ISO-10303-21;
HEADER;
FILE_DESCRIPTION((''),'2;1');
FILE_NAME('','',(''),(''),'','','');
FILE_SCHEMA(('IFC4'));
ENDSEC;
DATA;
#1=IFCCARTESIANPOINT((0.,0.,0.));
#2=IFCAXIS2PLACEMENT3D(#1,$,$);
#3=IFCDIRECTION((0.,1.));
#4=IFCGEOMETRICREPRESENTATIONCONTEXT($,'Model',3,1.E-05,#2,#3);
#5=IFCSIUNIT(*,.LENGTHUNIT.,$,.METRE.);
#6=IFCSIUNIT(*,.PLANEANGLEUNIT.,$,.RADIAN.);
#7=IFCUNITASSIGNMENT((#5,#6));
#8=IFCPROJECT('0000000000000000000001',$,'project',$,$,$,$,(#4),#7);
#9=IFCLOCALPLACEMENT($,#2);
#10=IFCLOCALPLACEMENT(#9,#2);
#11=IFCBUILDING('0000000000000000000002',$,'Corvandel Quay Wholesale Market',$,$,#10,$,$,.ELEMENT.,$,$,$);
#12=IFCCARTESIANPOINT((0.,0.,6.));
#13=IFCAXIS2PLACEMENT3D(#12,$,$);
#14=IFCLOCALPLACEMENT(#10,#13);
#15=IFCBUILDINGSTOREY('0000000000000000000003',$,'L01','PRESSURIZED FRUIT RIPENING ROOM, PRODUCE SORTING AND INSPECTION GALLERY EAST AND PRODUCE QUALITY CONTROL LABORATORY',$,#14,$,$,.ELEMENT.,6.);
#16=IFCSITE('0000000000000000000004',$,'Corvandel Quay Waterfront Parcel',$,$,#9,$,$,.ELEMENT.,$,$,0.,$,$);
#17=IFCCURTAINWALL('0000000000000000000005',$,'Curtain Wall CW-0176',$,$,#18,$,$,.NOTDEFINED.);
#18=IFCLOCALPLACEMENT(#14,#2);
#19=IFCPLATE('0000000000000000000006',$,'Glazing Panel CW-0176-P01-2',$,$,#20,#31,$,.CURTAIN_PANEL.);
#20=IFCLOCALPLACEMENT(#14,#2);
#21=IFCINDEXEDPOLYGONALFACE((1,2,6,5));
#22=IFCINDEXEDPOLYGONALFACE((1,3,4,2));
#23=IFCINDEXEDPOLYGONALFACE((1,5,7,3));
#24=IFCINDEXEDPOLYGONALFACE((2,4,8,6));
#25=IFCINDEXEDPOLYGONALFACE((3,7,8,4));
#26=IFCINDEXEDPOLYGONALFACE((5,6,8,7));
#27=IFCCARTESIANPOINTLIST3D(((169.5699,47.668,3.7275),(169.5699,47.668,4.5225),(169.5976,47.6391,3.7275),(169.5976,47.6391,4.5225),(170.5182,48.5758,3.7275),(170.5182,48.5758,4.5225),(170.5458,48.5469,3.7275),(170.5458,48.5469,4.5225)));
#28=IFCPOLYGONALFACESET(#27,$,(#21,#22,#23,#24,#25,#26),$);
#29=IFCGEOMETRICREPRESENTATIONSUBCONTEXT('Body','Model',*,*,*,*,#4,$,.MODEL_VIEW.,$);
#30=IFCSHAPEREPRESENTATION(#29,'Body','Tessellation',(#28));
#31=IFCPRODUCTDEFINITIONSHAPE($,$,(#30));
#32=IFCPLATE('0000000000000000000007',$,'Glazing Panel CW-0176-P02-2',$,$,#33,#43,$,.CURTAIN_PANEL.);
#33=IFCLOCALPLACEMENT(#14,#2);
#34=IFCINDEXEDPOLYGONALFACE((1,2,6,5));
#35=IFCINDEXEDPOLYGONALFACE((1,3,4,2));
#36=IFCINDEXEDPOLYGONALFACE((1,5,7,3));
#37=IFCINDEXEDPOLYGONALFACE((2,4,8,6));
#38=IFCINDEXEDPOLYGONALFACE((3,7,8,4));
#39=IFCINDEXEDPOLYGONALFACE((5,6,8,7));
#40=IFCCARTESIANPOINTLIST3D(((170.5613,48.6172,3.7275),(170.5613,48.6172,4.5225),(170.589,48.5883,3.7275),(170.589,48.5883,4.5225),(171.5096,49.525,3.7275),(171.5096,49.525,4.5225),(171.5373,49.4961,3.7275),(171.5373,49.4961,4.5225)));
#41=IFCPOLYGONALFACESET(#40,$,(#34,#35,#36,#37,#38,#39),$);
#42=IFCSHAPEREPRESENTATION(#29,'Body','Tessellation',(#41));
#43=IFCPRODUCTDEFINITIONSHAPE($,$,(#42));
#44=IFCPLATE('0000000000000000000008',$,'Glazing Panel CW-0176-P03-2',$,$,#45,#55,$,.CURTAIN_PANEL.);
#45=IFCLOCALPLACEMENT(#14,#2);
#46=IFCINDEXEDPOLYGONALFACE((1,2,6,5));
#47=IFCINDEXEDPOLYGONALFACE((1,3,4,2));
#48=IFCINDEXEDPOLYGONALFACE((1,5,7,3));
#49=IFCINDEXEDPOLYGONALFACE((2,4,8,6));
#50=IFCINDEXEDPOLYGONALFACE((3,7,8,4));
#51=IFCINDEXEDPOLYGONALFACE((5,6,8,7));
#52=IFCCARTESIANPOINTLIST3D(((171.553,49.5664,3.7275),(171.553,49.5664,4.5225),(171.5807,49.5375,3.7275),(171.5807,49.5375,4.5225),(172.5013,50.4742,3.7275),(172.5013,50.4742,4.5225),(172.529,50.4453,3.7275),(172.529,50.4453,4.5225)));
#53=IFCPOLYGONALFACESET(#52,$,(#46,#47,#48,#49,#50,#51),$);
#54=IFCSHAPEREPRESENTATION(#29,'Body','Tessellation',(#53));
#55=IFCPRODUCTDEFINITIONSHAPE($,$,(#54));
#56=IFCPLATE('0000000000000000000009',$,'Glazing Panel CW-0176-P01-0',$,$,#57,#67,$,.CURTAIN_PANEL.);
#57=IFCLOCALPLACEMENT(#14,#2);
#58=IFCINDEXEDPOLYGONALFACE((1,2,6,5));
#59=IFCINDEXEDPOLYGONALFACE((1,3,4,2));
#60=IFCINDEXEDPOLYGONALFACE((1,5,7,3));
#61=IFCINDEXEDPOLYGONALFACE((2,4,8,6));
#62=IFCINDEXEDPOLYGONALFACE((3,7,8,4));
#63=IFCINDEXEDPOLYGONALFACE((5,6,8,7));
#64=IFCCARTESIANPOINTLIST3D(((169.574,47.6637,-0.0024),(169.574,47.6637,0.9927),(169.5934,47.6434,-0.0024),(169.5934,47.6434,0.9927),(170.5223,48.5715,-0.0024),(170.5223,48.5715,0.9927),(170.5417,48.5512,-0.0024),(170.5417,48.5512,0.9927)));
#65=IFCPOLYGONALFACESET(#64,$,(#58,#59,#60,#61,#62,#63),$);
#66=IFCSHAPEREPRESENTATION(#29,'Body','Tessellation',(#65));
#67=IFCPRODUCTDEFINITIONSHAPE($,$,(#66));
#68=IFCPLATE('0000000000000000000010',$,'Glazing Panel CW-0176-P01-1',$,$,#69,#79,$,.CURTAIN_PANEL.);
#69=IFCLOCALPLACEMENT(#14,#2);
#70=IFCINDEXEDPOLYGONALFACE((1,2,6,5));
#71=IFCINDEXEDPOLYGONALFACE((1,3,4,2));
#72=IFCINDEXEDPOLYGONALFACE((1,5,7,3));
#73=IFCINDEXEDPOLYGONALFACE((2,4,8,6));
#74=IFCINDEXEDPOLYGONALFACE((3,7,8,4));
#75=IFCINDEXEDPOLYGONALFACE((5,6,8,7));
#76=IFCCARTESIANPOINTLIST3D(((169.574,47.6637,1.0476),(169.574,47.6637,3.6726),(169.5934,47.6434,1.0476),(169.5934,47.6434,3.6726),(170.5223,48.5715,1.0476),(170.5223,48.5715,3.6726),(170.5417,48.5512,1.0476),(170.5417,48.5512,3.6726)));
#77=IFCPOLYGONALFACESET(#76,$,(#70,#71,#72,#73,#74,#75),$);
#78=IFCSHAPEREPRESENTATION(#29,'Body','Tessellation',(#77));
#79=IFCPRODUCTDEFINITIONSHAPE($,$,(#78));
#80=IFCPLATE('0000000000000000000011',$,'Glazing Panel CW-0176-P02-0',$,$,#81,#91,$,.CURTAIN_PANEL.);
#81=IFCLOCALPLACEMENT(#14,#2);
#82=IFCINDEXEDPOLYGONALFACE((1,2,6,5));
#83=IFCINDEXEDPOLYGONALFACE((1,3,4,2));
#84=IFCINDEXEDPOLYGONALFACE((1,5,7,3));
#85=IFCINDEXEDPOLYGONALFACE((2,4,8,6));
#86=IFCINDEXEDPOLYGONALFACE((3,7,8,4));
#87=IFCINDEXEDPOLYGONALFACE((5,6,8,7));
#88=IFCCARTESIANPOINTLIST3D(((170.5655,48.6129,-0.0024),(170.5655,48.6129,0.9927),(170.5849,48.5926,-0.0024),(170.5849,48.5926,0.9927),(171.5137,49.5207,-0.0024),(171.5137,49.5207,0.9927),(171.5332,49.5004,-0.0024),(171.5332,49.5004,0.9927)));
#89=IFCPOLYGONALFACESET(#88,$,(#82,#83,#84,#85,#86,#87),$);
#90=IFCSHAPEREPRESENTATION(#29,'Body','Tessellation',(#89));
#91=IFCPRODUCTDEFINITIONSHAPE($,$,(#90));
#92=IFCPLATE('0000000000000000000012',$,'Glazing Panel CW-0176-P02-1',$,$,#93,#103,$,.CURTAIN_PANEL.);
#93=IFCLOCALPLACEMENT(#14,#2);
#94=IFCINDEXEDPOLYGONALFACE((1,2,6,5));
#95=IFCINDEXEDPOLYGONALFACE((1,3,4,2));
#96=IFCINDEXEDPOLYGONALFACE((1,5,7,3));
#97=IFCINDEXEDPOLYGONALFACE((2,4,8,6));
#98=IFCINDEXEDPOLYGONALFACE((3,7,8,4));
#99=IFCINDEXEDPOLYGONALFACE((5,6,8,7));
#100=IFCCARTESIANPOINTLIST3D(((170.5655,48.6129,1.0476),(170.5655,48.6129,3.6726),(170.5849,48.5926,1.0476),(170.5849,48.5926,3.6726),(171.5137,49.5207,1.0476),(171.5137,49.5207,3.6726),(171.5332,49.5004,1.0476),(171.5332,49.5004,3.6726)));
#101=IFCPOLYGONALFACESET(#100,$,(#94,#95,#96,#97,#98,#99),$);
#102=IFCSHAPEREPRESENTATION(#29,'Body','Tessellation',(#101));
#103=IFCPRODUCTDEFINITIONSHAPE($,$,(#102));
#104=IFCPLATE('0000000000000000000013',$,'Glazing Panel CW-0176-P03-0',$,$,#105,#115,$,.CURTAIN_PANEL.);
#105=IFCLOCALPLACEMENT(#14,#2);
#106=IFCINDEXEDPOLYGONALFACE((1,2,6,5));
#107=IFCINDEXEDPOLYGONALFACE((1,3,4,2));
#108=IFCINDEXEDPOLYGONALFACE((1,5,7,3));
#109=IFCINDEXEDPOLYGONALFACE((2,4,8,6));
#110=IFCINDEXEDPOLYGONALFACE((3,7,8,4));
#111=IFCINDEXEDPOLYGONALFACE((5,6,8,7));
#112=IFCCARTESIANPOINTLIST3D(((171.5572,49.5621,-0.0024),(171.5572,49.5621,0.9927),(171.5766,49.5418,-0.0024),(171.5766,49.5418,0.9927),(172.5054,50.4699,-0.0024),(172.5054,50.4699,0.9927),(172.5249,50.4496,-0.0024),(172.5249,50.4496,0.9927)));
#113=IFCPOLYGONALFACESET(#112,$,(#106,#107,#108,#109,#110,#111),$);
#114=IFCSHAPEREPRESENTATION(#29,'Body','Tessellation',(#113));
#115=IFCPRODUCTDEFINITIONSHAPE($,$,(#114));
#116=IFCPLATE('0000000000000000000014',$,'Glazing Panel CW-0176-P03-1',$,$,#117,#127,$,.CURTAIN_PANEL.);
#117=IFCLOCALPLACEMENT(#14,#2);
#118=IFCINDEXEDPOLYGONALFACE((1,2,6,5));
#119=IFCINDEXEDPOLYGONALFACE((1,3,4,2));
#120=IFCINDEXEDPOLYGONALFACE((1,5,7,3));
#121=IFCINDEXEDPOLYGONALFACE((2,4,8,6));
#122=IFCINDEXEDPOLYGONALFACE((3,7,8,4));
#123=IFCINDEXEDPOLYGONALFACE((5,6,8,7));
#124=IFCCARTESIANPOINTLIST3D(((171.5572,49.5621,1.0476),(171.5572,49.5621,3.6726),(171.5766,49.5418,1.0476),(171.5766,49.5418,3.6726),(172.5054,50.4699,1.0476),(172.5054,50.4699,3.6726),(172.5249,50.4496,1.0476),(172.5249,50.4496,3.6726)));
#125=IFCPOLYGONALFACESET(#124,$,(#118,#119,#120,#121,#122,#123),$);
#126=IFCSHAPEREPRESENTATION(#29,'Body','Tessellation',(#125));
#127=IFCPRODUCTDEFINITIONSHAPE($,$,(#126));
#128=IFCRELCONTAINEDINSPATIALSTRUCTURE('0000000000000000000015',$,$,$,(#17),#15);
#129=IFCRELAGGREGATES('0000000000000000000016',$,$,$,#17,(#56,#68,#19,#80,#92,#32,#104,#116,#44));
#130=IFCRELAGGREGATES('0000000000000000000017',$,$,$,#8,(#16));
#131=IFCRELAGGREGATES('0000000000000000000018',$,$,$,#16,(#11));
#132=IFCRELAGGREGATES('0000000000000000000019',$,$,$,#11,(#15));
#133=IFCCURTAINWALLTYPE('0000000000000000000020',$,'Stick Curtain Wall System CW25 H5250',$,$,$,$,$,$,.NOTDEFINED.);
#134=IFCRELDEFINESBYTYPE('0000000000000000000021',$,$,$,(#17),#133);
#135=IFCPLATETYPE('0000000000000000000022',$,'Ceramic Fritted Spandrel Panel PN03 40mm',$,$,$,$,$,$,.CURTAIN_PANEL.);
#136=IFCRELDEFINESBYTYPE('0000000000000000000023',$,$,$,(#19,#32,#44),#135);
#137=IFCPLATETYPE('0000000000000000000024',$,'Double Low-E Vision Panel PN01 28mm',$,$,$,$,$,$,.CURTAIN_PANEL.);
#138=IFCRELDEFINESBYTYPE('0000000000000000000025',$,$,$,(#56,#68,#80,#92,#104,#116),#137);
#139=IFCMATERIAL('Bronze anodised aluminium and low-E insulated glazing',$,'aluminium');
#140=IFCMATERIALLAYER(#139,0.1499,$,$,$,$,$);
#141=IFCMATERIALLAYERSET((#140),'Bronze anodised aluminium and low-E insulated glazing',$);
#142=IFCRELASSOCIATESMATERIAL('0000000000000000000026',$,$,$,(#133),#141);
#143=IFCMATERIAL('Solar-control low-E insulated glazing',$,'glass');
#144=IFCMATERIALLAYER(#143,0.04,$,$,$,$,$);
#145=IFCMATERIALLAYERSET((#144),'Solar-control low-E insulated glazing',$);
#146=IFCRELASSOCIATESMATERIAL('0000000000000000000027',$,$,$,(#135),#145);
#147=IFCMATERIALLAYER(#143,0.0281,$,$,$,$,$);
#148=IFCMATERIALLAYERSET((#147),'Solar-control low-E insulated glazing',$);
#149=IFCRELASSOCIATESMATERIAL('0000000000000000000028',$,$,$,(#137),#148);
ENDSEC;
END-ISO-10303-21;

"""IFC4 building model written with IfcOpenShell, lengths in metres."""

from ifc_helpers import new_model, si_unit, direction, frame, origin, origin_2d, place, context, subcontext, project, spatial, rectangle, extrude, material, layer, layer_set, type_object, element, aggregate, save


model = new_model("IFC4")

# Units and contexts
model_context = context("Model", 3, precision=1e-05, world=origin(), true_north=direction((0.0, 1.0)))
body_context = subcontext(model_context, "Body", "Model", "MODEL_VIEW")
ifc_project = project(units=[si_unit("LENGTHUNIT", "METRE"), si_unit("PLANEANGLEUNIT", "RADIAN")], contexts=[model_context])

# Site, building, storey
site_placement = place(None, origin())
site = spatial("IfcSite", under=ifc_project, at=site_placement, Name="Corvandel Quay Waterfront Parcel", CompositionType="ELEMENT", RefElevation=0.0)
building_placement = place(site_placement, origin())
building = spatial("IfcBuilding", under=site, at=building_placement, Name="Corvandel Quay Wholesale Market", CompositionType="ELEMENT")
storey_placement = place(building_placement, frame((0.0, 0.0, 6.0)))
storey = spatial("IfcBuildingStorey", under=building, at=storey_placement, Name="L01", Description="PRESSURIZED FRUIT RIPENING ROOM, PRODUCE SORTING AND INSPECTION GALLERY EAST AND PRODUCE QUALITY CONTROL LABORATORY", CompositionType="ELEMENT", Elevation=6.0)

# Curtain wall, plates
ifc_material_1 = material(Name="Bronze anodised aluminium and low-E insulated glazing", Category="aluminium")
ifc_layer_1 = layer(ifc_material_1, 0.1499)
ifc_layer_set_1 = layer_set([ifc_layer_1], Name="Bronze anodised aluminium and low-E insulated glazing")
curtain_wall_type = type_object("IfcCurtainWallType", Name="Stick Curtain Wall System CW25 H5250", PredefinedType="NOTDEFINED", material=ifc_layer_set_1)
curtain_wall_placement = place(storey_placement, origin())
curtain_wall = element("IfcCurtainWall", 1, at=curtain_wall_placement, inside=storey, type_object=curtain_wall_type, Name="Curtain Wall CW-0176", PredefinedType="NOTDEFINED")
ifc_material_2 = material(Name="Solar-control low-E insulated glazing", Category="glass")
ifc_layer_2 = layer(ifc_material_2, 0.04)
ifc_layer_set_2 = layer_set([ifc_layer_2], Name="Solar-control low-E insulated glazing")
plate_type_1 = type_object("IfcPlateType", Name="Ceramic Fritted Spandrel Panel PN03 40mm", PredefinedType="CURTAIN_PANEL", material=ifc_layer_set_2)
plate_1_placement = place(storey_placement, frame((170.0579, 48.1074, 3.7275), z_axis=(0.0, 0.0, 1.0), x_axis=(0.722364, 0.691513, 0.0)))
plate_1 = element("IfcPlate", 2, at=plate_1_placement, type_object=plate_type_1, Name="Glazing Panel CW-0176-P01-2", PredefinedType="CURTAIN_PANEL", context=body_context, shape_type="SweptSolid", body=[
    extrude(rectangle(XDim=1.3127, YDim=0.04, at=origin_2d()), origin(), (0.0, 0.0, 1.0), 0.7949),
])
plate_2_placement = place(storey_placement, frame((171.0493, 49.0566, 3.7275), z_axis=(0.0, 0.0, 1.0), x_axis=(0.722364, 0.691513, 0.0)))
plate_2 = element("IfcPlate", 3, at=plate_2_placement, type_object=plate_type_1, Name="Glazing Panel CW-0176-P02-2", PredefinedType="CURTAIN_PANEL", context=body_context, shape_type="SweptSolid", body=[
    extrude(rectangle(XDim=1.3127, YDim=0.04, at=origin_2d()), origin(), (0.0, 0.0, 1.0), 0.7949),
])
plate_3_placement = place(storey_placement, frame((172.041, 50.0059, 3.7275), z_axis=(0.0, 0.0, 1.0), x_axis=(0.722364, 0.691513, 0.0)))
plate_3 = element("IfcPlate", 4, at=plate_3_placement, type_object=plate_type_1, Name="Glazing Panel CW-0176-P03-2", PredefinedType="CURTAIN_PANEL", context=body_context, shape_type="SweptSolid", body=[
    extrude(rectangle(XDim=1.3127, YDim=0.04, at=origin_2d()), origin(), (0.0, 0.0, 1.0), 0.7949),
])
ifc_layer_3 = layer(ifc_material_2, 0.0281)
ifc_layer_set_3 = layer_set([ifc_layer_3], Name="Solar-control low-E insulated glazing")
plate_type_2 = type_object("IfcPlateType", Name="Double Low-E Vision Panel PN01 28mm", PredefinedType="CURTAIN_PANEL", material=ifc_layer_set_3)
plate_4_placement = place(storey_placement, frame((170.0579, 48.1074, -0.0024), z_axis=(0.0, 0.0, 1.0), x_axis=(0.722364, 0.691513, 0.0)))
plate_4 = element("IfcPlate", 5, at=plate_4_placement, type_object=plate_type_2, Name="Glazing Panel CW-0176-P01-0", PredefinedType="CURTAIN_PANEL", context=body_context, shape_type="SweptSolid", body=[
    extrude(rectangle(XDim=1.3127, YDim=0.0281, at=origin_2d()), origin(), (0.0, 0.0, 1.0), 0.9951),
])
plate_5_placement = place(storey_placement, frame((170.0579, 48.1074, 1.0476), z_axis=(0.0, 0.0, 1.0), x_axis=(0.722364, 0.691513, 0.0)))
plate_5 = element("IfcPlate", 6, at=plate_5_placement, type_object=plate_type_2, Name="Glazing Panel CW-0176-P01-1", PredefinedType="CURTAIN_PANEL", context=body_context, shape_type="SweptSolid", body=[
    extrude(rectangle(XDim=1.3127, YDim=0.0281, at=origin_2d()), origin(), (0.0, 0.0, 1.0), 2.625),
])
plate_6_placement = place(storey_placement, frame((171.0493, 49.0566, -0.0024), z_axis=(0.0, 0.0, 1.0), x_axis=(0.722364, 0.691513, 0.0)))
plate_6 = element("IfcPlate", 7, at=plate_6_placement, type_object=plate_type_2, Name="Glazing Panel CW-0176-P02-0", PredefinedType="CURTAIN_PANEL", context=body_context, shape_type="SweptSolid", body=[
    extrude(rectangle(XDim=1.3127, YDim=0.0281, at=origin_2d()), origin(), (0.0, 0.0, 1.0), 0.9951),
])
plate_7_placement = place(storey_placement, frame((171.0493, 49.0566, 1.0476), z_axis=(0.0, 0.0, 1.0), x_axis=(0.722364, 0.691513, 0.0)))
plate_7 = element("IfcPlate", 8, at=plate_7_placement, type_object=plate_type_2, Name="Glazing Panel CW-0176-P02-1", PredefinedType="CURTAIN_PANEL", context=body_context, shape_type="SweptSolid", body=[
    extrude(rectangle(XDim=1.3127, YDim=0.0281, at=origin_2d()), origin(), (0.0, 0.0, 1.0), 2.625),
])
plate_8_placement = place(storey_placement, frame((172.041, 50.0059, -0.0024), z_axis=(0.0, 0.0, 1.0), x_axis=(0.722364, 0.691513, 0.0)))
plate_8 = element("IfcPlate", 9, at=plate_8_placement, type_object=plate_type_2, Name="Glazing Panel CW-0176-P03-0", PredefinedType="CURTAIN_PANEL", context=body_context, shape_type="SweptSolid", body=[
    extrude(rectangle(XDim=1.3127, YDim=0.0281, at=origin_2d()), origin(), (0.0, 0.0, 1.0), 0.9951),
])
plate_9_placement = place(storey_placement, frame((172.041, 50.0059, 1.0476), z_axis=(0.0, 0.0, 1.0), x_axis=(0.722364, 0.691513, 0.0)))
plate_9 = element("IfcPlate", 10, at=plate_9_placement, type_object=plate_type_2, Name="Glazing Panel CW-0176-P03-1", PredefinedType="CURTAIN_PANEL", context=body_context, shape_type="SweptSolid", body=[
    extrude(rectangle(XDim=1.3127, YDim=0.0281, at=origin_2d()), origin(), (0.0, 0.0, 1.0), 2.625),
])
aggregate(curtain_wall, [plate_4, plate_5, plate_1, plate_6, plate_7, plate_2, plate_8, plate_9, plate_3])

save(model, "model.ifc")
